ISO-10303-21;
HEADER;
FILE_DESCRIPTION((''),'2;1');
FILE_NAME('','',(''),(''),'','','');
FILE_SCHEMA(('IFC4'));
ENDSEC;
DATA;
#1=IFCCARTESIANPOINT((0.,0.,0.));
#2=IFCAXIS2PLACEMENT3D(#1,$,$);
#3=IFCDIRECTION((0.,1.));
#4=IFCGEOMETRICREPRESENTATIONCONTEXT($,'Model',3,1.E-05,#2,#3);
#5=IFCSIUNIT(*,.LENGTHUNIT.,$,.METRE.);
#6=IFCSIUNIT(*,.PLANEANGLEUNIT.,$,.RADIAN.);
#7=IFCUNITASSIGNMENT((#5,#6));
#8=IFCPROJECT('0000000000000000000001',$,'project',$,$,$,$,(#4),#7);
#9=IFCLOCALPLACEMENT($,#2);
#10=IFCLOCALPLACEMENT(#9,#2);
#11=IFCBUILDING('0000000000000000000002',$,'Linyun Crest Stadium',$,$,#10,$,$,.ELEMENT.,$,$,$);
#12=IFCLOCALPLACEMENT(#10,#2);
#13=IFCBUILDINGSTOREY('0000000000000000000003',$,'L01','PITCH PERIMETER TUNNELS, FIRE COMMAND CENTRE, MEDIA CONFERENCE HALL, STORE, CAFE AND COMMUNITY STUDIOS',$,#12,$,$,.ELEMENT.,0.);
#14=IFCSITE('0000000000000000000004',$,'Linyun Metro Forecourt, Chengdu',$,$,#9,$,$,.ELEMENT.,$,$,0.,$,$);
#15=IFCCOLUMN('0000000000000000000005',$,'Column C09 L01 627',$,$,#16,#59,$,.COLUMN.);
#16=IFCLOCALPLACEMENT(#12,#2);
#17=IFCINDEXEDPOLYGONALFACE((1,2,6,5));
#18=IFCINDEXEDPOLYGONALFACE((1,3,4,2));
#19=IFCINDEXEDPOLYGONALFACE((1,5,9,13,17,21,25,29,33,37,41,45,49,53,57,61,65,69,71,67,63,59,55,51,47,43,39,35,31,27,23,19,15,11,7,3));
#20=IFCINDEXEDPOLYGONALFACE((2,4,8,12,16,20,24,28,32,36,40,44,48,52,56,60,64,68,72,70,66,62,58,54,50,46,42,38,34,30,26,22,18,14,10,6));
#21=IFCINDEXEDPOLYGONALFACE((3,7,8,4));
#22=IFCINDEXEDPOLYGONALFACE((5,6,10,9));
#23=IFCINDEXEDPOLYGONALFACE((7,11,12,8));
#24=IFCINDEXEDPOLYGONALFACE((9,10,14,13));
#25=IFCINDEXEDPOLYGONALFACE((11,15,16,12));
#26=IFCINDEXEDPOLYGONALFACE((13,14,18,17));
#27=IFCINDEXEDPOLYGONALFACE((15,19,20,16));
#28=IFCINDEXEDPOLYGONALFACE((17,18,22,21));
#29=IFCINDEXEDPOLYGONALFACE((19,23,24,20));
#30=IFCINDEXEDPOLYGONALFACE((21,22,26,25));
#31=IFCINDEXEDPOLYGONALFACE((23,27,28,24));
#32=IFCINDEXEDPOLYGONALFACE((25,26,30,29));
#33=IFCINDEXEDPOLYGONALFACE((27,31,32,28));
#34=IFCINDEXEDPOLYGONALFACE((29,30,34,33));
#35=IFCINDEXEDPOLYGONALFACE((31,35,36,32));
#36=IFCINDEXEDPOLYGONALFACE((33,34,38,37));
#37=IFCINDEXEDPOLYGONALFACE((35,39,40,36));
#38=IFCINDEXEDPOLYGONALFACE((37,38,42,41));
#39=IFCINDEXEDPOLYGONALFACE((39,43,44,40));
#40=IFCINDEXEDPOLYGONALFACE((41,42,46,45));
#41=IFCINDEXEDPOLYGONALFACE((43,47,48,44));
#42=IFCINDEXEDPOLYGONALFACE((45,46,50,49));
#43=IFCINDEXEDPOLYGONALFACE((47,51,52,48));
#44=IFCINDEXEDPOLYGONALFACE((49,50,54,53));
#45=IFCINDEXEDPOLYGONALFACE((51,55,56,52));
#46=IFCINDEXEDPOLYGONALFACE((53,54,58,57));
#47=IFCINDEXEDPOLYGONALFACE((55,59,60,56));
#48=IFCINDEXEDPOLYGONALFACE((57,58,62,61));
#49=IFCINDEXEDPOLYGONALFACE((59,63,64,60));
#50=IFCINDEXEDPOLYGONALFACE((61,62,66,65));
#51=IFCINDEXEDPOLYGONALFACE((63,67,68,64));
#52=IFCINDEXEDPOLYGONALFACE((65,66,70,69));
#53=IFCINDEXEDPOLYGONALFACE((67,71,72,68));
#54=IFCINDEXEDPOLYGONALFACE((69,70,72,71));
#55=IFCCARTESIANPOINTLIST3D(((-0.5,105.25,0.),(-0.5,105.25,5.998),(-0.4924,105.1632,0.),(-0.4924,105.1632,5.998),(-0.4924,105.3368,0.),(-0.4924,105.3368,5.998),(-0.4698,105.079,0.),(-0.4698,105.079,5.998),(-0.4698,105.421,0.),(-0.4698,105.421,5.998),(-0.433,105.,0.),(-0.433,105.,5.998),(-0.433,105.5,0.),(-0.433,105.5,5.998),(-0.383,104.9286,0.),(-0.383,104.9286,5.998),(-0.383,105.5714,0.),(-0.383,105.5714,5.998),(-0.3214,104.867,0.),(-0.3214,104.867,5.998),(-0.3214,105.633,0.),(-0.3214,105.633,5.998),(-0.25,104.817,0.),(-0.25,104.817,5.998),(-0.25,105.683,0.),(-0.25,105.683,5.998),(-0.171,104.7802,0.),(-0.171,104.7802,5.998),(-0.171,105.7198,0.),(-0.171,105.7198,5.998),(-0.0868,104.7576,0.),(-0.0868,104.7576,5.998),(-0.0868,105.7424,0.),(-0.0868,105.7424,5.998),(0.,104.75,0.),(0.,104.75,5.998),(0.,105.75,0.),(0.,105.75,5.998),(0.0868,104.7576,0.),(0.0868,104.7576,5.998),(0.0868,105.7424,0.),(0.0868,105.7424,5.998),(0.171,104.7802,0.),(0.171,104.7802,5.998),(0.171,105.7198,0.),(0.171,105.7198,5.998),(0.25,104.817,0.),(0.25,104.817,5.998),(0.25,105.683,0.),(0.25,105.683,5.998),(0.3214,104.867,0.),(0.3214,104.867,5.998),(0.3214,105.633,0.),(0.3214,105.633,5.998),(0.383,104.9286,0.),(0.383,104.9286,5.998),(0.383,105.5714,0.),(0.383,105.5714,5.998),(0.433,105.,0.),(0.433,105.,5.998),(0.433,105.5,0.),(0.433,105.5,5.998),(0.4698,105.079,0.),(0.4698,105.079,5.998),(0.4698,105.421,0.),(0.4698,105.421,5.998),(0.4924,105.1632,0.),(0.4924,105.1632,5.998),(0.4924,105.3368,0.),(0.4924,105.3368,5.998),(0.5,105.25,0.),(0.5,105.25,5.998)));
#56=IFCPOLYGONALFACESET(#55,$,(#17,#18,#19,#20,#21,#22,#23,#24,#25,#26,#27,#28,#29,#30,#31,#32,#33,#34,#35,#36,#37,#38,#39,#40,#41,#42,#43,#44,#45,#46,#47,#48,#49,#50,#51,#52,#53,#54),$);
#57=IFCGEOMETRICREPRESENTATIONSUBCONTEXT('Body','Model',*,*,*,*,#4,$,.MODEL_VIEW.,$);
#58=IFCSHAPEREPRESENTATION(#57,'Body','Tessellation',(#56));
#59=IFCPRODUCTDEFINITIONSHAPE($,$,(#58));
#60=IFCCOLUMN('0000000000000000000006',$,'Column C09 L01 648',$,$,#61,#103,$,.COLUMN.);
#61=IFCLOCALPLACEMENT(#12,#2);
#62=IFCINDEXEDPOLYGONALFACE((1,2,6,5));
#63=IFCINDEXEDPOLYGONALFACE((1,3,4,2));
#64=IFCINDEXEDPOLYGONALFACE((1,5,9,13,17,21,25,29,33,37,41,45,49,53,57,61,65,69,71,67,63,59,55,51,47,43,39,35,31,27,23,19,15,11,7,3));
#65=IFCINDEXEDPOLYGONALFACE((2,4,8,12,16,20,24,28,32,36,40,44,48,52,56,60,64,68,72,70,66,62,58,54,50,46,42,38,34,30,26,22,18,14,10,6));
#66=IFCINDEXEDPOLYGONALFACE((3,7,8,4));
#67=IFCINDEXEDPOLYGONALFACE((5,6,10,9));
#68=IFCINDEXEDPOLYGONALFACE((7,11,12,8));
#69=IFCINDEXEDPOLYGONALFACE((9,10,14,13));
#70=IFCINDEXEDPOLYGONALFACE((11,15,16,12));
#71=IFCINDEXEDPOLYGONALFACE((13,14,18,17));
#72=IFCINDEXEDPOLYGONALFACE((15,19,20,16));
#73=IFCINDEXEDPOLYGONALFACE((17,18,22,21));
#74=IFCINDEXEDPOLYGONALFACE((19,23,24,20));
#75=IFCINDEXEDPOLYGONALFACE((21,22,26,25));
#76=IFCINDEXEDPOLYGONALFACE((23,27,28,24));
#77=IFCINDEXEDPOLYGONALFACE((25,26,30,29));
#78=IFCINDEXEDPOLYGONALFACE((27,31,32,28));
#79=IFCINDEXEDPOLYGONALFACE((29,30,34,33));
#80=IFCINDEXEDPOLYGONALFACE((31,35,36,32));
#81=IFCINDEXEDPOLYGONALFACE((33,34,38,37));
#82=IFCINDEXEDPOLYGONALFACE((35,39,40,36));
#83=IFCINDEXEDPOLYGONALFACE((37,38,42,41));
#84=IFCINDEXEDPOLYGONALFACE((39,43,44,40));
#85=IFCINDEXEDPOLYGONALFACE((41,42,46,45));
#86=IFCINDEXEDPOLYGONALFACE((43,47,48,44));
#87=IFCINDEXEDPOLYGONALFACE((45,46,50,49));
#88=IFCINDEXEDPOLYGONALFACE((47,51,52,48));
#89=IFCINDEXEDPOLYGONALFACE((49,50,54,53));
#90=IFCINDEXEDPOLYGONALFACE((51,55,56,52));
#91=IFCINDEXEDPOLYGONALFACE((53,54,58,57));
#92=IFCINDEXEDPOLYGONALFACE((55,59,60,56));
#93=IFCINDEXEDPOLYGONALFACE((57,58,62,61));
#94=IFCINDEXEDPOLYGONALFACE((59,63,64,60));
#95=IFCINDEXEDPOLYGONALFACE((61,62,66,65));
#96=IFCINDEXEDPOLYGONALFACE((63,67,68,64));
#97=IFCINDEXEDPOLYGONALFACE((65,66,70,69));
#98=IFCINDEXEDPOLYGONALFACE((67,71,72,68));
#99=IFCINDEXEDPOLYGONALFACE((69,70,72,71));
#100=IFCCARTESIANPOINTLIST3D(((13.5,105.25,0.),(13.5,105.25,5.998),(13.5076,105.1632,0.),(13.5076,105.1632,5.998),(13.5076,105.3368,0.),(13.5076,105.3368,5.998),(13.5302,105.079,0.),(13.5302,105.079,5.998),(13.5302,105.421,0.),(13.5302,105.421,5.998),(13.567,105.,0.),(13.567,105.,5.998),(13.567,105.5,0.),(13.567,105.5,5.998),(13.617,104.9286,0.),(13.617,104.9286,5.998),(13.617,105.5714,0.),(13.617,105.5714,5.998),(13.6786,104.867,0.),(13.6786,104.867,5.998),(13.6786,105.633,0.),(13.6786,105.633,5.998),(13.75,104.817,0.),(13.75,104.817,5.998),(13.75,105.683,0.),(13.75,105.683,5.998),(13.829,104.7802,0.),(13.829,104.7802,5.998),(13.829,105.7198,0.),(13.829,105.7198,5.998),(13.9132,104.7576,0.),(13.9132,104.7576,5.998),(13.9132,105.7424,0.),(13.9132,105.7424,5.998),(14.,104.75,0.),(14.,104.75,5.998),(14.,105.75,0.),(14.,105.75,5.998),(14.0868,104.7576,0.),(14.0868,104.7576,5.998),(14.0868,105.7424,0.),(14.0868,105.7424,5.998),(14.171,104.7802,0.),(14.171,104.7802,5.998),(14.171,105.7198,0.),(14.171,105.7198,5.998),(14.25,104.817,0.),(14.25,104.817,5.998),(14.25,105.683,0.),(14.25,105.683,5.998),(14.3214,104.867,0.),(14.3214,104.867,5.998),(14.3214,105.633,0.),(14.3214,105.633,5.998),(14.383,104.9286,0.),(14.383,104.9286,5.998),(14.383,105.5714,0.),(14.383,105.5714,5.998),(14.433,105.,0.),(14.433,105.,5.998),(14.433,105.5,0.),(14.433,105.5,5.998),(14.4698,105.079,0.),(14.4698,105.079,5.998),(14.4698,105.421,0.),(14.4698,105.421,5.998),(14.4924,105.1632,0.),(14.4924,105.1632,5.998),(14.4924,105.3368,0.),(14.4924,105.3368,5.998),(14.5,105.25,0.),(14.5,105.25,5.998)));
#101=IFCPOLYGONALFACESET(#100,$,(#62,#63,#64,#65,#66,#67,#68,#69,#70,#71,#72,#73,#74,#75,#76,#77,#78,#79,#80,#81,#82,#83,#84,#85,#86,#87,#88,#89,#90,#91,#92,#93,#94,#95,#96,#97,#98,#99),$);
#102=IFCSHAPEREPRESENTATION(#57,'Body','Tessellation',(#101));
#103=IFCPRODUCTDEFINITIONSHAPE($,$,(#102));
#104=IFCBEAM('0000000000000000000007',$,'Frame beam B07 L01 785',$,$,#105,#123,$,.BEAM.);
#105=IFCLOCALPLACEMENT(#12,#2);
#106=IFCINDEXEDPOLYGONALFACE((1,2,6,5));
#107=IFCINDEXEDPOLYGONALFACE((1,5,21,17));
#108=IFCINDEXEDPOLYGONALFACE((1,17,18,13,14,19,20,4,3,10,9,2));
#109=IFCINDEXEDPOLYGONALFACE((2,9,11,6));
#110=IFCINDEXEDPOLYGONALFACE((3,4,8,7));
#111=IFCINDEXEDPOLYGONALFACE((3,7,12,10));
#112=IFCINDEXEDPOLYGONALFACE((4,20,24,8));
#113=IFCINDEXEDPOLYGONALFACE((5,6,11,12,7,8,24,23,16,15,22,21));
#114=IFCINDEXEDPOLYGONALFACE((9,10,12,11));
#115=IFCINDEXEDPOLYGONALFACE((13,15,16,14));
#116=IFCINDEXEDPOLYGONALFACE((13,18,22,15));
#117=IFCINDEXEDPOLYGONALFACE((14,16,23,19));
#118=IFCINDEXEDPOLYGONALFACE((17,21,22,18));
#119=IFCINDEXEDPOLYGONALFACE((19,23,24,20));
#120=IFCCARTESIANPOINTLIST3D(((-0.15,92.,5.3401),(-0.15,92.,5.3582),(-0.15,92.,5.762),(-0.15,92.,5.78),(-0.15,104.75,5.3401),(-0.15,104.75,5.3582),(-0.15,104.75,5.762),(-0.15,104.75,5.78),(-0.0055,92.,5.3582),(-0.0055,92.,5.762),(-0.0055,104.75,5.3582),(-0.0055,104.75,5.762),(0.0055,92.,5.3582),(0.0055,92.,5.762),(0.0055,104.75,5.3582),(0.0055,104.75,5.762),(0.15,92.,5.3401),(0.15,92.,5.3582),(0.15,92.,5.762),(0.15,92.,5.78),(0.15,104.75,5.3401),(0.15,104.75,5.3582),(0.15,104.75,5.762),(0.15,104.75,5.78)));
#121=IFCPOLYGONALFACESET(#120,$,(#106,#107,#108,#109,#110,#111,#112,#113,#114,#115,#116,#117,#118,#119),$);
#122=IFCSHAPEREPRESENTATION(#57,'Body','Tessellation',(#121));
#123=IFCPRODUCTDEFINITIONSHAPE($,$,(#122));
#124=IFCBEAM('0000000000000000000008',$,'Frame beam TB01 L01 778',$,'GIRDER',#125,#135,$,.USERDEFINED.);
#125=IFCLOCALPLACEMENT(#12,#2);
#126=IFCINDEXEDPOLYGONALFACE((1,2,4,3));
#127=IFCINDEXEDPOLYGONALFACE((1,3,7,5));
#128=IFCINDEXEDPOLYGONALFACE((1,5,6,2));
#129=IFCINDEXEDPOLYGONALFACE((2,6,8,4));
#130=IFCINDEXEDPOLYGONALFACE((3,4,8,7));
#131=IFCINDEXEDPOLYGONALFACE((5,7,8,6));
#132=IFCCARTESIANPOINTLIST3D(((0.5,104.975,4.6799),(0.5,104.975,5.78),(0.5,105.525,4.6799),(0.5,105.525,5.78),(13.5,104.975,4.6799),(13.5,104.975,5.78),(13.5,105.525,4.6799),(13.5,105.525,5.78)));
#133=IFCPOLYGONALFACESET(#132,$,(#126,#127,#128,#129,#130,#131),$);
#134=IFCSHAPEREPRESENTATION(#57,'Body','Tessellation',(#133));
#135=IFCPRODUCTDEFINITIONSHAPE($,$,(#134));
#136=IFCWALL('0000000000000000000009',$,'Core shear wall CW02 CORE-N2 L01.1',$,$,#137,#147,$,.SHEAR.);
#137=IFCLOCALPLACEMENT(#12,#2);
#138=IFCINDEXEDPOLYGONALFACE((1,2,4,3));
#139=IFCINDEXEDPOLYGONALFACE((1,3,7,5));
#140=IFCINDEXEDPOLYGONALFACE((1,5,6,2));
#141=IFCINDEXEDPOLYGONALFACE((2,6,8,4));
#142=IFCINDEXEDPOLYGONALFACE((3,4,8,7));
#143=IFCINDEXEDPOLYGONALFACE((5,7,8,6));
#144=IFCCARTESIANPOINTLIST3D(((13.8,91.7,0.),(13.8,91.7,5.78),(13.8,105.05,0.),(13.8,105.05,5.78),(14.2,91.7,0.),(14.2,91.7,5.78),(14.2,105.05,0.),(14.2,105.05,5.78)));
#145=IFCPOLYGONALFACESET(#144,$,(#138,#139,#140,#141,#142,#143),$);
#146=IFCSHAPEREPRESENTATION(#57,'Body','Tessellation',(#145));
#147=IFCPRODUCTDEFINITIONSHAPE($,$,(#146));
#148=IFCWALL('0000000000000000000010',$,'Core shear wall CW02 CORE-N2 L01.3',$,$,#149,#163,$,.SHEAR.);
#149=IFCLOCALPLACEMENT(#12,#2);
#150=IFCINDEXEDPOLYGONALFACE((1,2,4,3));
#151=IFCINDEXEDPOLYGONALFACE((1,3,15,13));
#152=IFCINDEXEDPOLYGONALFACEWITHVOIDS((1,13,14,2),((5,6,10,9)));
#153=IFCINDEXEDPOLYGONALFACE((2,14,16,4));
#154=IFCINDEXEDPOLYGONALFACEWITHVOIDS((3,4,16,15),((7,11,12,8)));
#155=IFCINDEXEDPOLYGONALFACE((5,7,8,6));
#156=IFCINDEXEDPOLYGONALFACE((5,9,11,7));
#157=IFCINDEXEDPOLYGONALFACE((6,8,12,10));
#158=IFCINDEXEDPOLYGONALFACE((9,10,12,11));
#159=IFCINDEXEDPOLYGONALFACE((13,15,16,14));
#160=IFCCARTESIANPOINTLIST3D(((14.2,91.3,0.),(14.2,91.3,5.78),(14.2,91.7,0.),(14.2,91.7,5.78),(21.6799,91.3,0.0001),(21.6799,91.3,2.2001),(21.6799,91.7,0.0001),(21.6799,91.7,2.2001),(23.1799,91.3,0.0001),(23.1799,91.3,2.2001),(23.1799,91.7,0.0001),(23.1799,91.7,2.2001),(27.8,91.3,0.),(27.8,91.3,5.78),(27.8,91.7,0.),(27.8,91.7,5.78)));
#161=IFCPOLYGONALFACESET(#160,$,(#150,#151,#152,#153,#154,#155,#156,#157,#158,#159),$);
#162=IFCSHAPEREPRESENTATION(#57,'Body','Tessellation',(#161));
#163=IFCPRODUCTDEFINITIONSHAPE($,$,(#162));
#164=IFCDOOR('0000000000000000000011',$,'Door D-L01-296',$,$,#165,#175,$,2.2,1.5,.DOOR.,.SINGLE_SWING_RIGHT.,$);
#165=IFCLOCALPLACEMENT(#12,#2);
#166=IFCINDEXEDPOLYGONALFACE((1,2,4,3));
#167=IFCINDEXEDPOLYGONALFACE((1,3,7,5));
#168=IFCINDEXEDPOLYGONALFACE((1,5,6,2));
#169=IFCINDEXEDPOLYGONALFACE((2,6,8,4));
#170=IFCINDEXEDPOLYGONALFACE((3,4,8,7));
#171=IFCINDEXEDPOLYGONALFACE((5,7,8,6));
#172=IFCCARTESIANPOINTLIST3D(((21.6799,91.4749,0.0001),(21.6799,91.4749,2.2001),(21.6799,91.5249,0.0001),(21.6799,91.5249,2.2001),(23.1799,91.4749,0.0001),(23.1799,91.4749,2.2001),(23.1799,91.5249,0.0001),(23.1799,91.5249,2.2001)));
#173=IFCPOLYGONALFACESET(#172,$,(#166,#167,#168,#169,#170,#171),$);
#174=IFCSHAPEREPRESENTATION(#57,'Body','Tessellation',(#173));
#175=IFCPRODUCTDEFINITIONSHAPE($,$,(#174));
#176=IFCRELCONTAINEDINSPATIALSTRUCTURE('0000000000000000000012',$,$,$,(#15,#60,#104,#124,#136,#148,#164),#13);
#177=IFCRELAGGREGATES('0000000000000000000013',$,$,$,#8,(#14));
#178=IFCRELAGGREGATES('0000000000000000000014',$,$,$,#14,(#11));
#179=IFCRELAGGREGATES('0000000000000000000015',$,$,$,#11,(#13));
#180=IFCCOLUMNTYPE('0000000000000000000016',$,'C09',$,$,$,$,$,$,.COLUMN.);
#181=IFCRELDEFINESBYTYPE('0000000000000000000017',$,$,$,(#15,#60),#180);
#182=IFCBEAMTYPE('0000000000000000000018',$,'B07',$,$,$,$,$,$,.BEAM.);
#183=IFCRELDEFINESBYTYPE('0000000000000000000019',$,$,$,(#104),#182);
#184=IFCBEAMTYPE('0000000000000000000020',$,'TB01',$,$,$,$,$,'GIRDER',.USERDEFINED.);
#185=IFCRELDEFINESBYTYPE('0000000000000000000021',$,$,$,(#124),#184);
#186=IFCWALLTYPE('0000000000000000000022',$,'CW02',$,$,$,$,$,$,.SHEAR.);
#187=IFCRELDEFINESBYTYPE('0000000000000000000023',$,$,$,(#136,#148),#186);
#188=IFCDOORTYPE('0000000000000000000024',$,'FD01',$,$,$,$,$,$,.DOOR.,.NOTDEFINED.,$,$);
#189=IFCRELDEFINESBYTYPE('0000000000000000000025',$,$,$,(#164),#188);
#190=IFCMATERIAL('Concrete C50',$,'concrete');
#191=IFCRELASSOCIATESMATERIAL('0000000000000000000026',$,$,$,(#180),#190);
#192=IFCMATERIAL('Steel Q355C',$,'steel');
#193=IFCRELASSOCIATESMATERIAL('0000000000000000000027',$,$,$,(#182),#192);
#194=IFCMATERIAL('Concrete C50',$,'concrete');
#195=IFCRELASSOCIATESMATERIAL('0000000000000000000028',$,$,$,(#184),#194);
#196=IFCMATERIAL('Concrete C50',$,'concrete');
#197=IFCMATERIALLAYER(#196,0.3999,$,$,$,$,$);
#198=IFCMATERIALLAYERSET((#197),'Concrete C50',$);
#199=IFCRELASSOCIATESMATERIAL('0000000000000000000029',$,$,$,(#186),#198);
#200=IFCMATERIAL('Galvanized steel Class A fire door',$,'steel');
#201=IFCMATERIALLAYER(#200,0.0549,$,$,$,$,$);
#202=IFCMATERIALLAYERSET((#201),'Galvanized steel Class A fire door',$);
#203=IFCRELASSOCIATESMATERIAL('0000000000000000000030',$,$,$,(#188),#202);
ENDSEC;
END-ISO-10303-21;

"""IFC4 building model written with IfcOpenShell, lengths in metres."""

from ifc_helpers import new_model, si_unit, direction, frame, frame_2d, origin, origin_2d, place, context, subcontext, project, spatial, rectangle, circle, i_section, extrude, material, layer, layer_set, material_profile, profile_set, type_object, element, fill, save


model = new_model("IFC4")

# Units and contexts
model_context = context("Model", 3, precision=1e-05, world=origin(), true_north=direction((0.0, 1.0)))
body_context = subcontext(model_context, "Body", "Model", "MODEL_VIEW")
ifc_project = project(units=[si_unit("LENGTHUNIT", "METRE"), si_unit("PLANEANGLEUNIT", "RADIAN")], contexts=[model_context])

# Site, building, storey
site_placement = place(None, origin())
site = spatial("IfcSite", under=ifc_project, at=site_placement, Name="Linyun Metro Forecourt, Chengdu", CompositionType="ELEMENT", RefElevation=0.0)
building_placement = place(site_placement, origin())
building = spatial("IfcBuilding", under=site, at=building_placement, Name="Linyun Crest Stadium", CompositionType="ELEMENT")
storey_placement = place(building_placement, origin())
storey = spatial("IfcBuildingStorey", under=building, at=storey_placement, Name="L01", Description="PITCH PERIMETER TUNNELS, FIRE COMMAND CENTRE, MEDIA CONFERENCE HALL, STORE, CAFE AND COMMUNITY STUDIOS", CompositionType="ELEMENT", Elevation=0.0)

# Columns
ifc_material_1 = material(Name="Concrete C50", Category="concrete")
ifc_material_profile_1 = material_profile(ifc_material_1, circle(Radius=0.5, at=origin_2d()), Name="RC D1000")
ifc_profile_set_1 = profile_set([ifc_material_profile_1], Name="Concrete C50")
column_type = type_object("IfcColumnType", Name="C09", PredefinedType="COLUMN", material=ifc_profile_set_1)
for number, where, z_axis, x_axis, name in (
    (1, (0.0, 105.25, 0.0), (0.0, 0.0, 1.0), (1.0, 0.0, 0.0), "Column C09 L01 627"),
    (2, (14.0, 105.25, 0.0), (0.0, 0.0, 1.0), (1.0, 0.0, 0.0), "Column C09 L01 648"),
):
    element("IfcColumn", number, at=place(storey_placement, frame(where, z_axis=z_axis, x_axis=x_axis)), inside=storey, type_object=column_type, Name=name, PredefinedType="COLUMN", context=body_context, shape_type="SweptSolid", body=[
        extrude(circle(Radius=0.5, at=origin_2d()), origin(), (0.0, 0.0, 1.0), 5.998),
    ])

# Beams
ifc_material_2 = material(Name="Steel Q355C", Category="steel")
ifc_material_profile_2 = material_profile(ifc_material_2, i_section(OverallWidth=0.3, OverallDepth=0.4399, WebThickness=0.011, FlangeThickness=0.0181, at=origin_2d()), Name="HM 440x300")
ifc_profile_set_2 = profile_set([ifc_material_profile_2], Name="Steel Q355C")
beam_type_1 = type_object("IfcBeamType", Name="B07", PredefinedType="BEAM", material=ifc_profile_set_2)
beam_1_placement = place(storey_placement, frame((0.0, 92.0, 5.5601), z_axis=(0.0, 1.0, 0.0), x_axis=(-1.0, 0.0, 0.0)))
element("IfcBeam", 3, at=beam_1_placement, inside=storey, type_object=beam_type_1, Name="Frame beam B07 L01 785", PredefinedType="BEAM", context=body_context, shape_type="SweptSolid", body=[
    extrude(i_section(OverallWidth=0.3, OverallDepth=0.4399, WebThickness=0.011, FlangeThickness=0.0181, at=origin_2d()), origin(), (0.0, 0.0, 1.0), 12.75),
])
ifc_material_3 = material(Name="Concrete C50", Category="concrete")
ifc_material_profile_3 = material_profile(ifc_material_3, rectangle(XDim=0.55, YDim=1.1001, at=origin_2d()), Name="RCB 1100x550")
ifc_profile_set_3 = profile_set([ifc_material_profile_3], Name="Concrete C50")
beam_type_2 = type_object("IfcBeamType", Name="TB01", ElementType="GIRDER", PredefinedType="USERDEFINED", material=ifc_profile_set_3)
beam_2_placement = place(storey_placement, frame((0.5, 105.25, 5.23), z_axis=(1.0, 0.0, 0.0), x_axis=(0.0, 1.0, 0.0)))
element("IfcBeam", 4, at=beam_2_placement, inside=storey, type_object=beam_type_2, Name="Frame beam TB01 L01 778", ObjectType="GIRDER", PredefinedType="USERDEFINED", context=body_context, shape_type="SweptSolid", body=[
    extrude(rectangle(XDim=0.55, YDim=1.1001, at=origin_2d()), origin(), (0.0, 0.0, 1.0), 13.0),
])

# Wall
ifc_material_4 = material(Name="Concrete C50", Category="concrete")
ifc_layer_1 = layer(ifc_material_4, 0.3999)
ifc_layer_set_1 = layer_set([ifc_layer_1], Name="Concrete C50")
wall_type_1 = type_object("IfcWallType", Name="CW02", PredefinedType="SHEAR", material=ifc_layer_set_1)
wall_1_placement = place(storey_placement, frame((14.0, 91.7, 0.0), z_axis=(0.0, 0.0, 1.0), x_axis=(0.0, 1.0, 0.0)))
element("IfcWall", 5, at=wall_1_placement, inside=storey, type_object=wall_type_1, Name="Core shear wall CW02 CORE-N2 L01.1", PredefinedType="SHEAR", context=body_context, shape_type="SweptSolid", body=[
    extrude(rectangle(XDim=13.3501, YDim=0.3999, at=frame_2d((6.675, 0.0))), origin(), (0.0, 0.0, 1.0), 5.78),
])

# Wall, opening, door
wall_2_placement = place(storey_placement, frame((14.2, 91.5, 0.0), z_axis=(0.0, 0.0, 1.0), x_axis=(1.0, 0.0, 0.0)))
wall_2 = element("IfcWall", 6, at=wall_2_placement, inside=storey, type_object=wall_type_1, Name="Core shear wall CW02 CORE-N2 L01.3", PredefinedType="SHEAR", context=body_context, shape_type="SweptSolid", body=[
    extrude(rectangle(XDim=13.6001, YDim=0.3999, at=frame_2d((6.8, 0.0))), origin(), (0.0, 0.0, 1.0), 5.78),
])
opening_1_placement = place(wall_2_placement, frame((7.48, 0.0, 0.0)))
opening_1 = element("IfcOpeningElement", 7, at=opening_1_placement, cuts=wall_2, PredefinedType="OPENING", context=body_context, shape_type="SweptSolid", body=[
    extrude(rectangle(XDim=1.5, YDim=2.2, at=frame_2d((0.75, 1.1001))), frame((0.0, 0.21, 0.0), z_axis=(0.0, -1.0, 0.0), x_axis=(1.0, 0.0, 0.0)), (0.0, 0.0, 1.0), 0.4199),
])
ifc_material_5 = material(Name="Galvanized steel Class A fire door", Category="steel")
ifc_layer_2 = layer(ifc_material_5, 0.0549)
ifc_layer_set_2 = layer_set([ifc_layer_2], Name="Galvanized steel Class A fire door")
door_type_1 = type_object("IfcDoorType", Name="FD01", OperationType="NOTDEFINED", PredefinedType="DOOR", material=ifc_layer_set_2)
door_1_placement = place(opening_1_placement, origin())
door_1 = element("IfcDoor", 8, at=door_1_placement, inside=storey, type_object=door_type_1, Name="Door D-L01-296", OperationType="SINGLE_SWING_RIGHT", OverallHeight=2.2, OverallWidth=1.5, PredefinedType="DOOR", context=body_context, shape_type="SweptSolid", body=[
    extrude(rectangle(XDim=1.5, YDim=2.2, at=frame_2d((0.75, 1.1001))), frame((0.0, 0.0249, 0.0), z_axis=(0.0, -1.0, 0.0), x_axis=(1.0, 0.0, 0.0)), (0.0, 0.0, 1.0), 0.05),
])
fill(opening_1, door_1)

save(model, "model.ifc")
